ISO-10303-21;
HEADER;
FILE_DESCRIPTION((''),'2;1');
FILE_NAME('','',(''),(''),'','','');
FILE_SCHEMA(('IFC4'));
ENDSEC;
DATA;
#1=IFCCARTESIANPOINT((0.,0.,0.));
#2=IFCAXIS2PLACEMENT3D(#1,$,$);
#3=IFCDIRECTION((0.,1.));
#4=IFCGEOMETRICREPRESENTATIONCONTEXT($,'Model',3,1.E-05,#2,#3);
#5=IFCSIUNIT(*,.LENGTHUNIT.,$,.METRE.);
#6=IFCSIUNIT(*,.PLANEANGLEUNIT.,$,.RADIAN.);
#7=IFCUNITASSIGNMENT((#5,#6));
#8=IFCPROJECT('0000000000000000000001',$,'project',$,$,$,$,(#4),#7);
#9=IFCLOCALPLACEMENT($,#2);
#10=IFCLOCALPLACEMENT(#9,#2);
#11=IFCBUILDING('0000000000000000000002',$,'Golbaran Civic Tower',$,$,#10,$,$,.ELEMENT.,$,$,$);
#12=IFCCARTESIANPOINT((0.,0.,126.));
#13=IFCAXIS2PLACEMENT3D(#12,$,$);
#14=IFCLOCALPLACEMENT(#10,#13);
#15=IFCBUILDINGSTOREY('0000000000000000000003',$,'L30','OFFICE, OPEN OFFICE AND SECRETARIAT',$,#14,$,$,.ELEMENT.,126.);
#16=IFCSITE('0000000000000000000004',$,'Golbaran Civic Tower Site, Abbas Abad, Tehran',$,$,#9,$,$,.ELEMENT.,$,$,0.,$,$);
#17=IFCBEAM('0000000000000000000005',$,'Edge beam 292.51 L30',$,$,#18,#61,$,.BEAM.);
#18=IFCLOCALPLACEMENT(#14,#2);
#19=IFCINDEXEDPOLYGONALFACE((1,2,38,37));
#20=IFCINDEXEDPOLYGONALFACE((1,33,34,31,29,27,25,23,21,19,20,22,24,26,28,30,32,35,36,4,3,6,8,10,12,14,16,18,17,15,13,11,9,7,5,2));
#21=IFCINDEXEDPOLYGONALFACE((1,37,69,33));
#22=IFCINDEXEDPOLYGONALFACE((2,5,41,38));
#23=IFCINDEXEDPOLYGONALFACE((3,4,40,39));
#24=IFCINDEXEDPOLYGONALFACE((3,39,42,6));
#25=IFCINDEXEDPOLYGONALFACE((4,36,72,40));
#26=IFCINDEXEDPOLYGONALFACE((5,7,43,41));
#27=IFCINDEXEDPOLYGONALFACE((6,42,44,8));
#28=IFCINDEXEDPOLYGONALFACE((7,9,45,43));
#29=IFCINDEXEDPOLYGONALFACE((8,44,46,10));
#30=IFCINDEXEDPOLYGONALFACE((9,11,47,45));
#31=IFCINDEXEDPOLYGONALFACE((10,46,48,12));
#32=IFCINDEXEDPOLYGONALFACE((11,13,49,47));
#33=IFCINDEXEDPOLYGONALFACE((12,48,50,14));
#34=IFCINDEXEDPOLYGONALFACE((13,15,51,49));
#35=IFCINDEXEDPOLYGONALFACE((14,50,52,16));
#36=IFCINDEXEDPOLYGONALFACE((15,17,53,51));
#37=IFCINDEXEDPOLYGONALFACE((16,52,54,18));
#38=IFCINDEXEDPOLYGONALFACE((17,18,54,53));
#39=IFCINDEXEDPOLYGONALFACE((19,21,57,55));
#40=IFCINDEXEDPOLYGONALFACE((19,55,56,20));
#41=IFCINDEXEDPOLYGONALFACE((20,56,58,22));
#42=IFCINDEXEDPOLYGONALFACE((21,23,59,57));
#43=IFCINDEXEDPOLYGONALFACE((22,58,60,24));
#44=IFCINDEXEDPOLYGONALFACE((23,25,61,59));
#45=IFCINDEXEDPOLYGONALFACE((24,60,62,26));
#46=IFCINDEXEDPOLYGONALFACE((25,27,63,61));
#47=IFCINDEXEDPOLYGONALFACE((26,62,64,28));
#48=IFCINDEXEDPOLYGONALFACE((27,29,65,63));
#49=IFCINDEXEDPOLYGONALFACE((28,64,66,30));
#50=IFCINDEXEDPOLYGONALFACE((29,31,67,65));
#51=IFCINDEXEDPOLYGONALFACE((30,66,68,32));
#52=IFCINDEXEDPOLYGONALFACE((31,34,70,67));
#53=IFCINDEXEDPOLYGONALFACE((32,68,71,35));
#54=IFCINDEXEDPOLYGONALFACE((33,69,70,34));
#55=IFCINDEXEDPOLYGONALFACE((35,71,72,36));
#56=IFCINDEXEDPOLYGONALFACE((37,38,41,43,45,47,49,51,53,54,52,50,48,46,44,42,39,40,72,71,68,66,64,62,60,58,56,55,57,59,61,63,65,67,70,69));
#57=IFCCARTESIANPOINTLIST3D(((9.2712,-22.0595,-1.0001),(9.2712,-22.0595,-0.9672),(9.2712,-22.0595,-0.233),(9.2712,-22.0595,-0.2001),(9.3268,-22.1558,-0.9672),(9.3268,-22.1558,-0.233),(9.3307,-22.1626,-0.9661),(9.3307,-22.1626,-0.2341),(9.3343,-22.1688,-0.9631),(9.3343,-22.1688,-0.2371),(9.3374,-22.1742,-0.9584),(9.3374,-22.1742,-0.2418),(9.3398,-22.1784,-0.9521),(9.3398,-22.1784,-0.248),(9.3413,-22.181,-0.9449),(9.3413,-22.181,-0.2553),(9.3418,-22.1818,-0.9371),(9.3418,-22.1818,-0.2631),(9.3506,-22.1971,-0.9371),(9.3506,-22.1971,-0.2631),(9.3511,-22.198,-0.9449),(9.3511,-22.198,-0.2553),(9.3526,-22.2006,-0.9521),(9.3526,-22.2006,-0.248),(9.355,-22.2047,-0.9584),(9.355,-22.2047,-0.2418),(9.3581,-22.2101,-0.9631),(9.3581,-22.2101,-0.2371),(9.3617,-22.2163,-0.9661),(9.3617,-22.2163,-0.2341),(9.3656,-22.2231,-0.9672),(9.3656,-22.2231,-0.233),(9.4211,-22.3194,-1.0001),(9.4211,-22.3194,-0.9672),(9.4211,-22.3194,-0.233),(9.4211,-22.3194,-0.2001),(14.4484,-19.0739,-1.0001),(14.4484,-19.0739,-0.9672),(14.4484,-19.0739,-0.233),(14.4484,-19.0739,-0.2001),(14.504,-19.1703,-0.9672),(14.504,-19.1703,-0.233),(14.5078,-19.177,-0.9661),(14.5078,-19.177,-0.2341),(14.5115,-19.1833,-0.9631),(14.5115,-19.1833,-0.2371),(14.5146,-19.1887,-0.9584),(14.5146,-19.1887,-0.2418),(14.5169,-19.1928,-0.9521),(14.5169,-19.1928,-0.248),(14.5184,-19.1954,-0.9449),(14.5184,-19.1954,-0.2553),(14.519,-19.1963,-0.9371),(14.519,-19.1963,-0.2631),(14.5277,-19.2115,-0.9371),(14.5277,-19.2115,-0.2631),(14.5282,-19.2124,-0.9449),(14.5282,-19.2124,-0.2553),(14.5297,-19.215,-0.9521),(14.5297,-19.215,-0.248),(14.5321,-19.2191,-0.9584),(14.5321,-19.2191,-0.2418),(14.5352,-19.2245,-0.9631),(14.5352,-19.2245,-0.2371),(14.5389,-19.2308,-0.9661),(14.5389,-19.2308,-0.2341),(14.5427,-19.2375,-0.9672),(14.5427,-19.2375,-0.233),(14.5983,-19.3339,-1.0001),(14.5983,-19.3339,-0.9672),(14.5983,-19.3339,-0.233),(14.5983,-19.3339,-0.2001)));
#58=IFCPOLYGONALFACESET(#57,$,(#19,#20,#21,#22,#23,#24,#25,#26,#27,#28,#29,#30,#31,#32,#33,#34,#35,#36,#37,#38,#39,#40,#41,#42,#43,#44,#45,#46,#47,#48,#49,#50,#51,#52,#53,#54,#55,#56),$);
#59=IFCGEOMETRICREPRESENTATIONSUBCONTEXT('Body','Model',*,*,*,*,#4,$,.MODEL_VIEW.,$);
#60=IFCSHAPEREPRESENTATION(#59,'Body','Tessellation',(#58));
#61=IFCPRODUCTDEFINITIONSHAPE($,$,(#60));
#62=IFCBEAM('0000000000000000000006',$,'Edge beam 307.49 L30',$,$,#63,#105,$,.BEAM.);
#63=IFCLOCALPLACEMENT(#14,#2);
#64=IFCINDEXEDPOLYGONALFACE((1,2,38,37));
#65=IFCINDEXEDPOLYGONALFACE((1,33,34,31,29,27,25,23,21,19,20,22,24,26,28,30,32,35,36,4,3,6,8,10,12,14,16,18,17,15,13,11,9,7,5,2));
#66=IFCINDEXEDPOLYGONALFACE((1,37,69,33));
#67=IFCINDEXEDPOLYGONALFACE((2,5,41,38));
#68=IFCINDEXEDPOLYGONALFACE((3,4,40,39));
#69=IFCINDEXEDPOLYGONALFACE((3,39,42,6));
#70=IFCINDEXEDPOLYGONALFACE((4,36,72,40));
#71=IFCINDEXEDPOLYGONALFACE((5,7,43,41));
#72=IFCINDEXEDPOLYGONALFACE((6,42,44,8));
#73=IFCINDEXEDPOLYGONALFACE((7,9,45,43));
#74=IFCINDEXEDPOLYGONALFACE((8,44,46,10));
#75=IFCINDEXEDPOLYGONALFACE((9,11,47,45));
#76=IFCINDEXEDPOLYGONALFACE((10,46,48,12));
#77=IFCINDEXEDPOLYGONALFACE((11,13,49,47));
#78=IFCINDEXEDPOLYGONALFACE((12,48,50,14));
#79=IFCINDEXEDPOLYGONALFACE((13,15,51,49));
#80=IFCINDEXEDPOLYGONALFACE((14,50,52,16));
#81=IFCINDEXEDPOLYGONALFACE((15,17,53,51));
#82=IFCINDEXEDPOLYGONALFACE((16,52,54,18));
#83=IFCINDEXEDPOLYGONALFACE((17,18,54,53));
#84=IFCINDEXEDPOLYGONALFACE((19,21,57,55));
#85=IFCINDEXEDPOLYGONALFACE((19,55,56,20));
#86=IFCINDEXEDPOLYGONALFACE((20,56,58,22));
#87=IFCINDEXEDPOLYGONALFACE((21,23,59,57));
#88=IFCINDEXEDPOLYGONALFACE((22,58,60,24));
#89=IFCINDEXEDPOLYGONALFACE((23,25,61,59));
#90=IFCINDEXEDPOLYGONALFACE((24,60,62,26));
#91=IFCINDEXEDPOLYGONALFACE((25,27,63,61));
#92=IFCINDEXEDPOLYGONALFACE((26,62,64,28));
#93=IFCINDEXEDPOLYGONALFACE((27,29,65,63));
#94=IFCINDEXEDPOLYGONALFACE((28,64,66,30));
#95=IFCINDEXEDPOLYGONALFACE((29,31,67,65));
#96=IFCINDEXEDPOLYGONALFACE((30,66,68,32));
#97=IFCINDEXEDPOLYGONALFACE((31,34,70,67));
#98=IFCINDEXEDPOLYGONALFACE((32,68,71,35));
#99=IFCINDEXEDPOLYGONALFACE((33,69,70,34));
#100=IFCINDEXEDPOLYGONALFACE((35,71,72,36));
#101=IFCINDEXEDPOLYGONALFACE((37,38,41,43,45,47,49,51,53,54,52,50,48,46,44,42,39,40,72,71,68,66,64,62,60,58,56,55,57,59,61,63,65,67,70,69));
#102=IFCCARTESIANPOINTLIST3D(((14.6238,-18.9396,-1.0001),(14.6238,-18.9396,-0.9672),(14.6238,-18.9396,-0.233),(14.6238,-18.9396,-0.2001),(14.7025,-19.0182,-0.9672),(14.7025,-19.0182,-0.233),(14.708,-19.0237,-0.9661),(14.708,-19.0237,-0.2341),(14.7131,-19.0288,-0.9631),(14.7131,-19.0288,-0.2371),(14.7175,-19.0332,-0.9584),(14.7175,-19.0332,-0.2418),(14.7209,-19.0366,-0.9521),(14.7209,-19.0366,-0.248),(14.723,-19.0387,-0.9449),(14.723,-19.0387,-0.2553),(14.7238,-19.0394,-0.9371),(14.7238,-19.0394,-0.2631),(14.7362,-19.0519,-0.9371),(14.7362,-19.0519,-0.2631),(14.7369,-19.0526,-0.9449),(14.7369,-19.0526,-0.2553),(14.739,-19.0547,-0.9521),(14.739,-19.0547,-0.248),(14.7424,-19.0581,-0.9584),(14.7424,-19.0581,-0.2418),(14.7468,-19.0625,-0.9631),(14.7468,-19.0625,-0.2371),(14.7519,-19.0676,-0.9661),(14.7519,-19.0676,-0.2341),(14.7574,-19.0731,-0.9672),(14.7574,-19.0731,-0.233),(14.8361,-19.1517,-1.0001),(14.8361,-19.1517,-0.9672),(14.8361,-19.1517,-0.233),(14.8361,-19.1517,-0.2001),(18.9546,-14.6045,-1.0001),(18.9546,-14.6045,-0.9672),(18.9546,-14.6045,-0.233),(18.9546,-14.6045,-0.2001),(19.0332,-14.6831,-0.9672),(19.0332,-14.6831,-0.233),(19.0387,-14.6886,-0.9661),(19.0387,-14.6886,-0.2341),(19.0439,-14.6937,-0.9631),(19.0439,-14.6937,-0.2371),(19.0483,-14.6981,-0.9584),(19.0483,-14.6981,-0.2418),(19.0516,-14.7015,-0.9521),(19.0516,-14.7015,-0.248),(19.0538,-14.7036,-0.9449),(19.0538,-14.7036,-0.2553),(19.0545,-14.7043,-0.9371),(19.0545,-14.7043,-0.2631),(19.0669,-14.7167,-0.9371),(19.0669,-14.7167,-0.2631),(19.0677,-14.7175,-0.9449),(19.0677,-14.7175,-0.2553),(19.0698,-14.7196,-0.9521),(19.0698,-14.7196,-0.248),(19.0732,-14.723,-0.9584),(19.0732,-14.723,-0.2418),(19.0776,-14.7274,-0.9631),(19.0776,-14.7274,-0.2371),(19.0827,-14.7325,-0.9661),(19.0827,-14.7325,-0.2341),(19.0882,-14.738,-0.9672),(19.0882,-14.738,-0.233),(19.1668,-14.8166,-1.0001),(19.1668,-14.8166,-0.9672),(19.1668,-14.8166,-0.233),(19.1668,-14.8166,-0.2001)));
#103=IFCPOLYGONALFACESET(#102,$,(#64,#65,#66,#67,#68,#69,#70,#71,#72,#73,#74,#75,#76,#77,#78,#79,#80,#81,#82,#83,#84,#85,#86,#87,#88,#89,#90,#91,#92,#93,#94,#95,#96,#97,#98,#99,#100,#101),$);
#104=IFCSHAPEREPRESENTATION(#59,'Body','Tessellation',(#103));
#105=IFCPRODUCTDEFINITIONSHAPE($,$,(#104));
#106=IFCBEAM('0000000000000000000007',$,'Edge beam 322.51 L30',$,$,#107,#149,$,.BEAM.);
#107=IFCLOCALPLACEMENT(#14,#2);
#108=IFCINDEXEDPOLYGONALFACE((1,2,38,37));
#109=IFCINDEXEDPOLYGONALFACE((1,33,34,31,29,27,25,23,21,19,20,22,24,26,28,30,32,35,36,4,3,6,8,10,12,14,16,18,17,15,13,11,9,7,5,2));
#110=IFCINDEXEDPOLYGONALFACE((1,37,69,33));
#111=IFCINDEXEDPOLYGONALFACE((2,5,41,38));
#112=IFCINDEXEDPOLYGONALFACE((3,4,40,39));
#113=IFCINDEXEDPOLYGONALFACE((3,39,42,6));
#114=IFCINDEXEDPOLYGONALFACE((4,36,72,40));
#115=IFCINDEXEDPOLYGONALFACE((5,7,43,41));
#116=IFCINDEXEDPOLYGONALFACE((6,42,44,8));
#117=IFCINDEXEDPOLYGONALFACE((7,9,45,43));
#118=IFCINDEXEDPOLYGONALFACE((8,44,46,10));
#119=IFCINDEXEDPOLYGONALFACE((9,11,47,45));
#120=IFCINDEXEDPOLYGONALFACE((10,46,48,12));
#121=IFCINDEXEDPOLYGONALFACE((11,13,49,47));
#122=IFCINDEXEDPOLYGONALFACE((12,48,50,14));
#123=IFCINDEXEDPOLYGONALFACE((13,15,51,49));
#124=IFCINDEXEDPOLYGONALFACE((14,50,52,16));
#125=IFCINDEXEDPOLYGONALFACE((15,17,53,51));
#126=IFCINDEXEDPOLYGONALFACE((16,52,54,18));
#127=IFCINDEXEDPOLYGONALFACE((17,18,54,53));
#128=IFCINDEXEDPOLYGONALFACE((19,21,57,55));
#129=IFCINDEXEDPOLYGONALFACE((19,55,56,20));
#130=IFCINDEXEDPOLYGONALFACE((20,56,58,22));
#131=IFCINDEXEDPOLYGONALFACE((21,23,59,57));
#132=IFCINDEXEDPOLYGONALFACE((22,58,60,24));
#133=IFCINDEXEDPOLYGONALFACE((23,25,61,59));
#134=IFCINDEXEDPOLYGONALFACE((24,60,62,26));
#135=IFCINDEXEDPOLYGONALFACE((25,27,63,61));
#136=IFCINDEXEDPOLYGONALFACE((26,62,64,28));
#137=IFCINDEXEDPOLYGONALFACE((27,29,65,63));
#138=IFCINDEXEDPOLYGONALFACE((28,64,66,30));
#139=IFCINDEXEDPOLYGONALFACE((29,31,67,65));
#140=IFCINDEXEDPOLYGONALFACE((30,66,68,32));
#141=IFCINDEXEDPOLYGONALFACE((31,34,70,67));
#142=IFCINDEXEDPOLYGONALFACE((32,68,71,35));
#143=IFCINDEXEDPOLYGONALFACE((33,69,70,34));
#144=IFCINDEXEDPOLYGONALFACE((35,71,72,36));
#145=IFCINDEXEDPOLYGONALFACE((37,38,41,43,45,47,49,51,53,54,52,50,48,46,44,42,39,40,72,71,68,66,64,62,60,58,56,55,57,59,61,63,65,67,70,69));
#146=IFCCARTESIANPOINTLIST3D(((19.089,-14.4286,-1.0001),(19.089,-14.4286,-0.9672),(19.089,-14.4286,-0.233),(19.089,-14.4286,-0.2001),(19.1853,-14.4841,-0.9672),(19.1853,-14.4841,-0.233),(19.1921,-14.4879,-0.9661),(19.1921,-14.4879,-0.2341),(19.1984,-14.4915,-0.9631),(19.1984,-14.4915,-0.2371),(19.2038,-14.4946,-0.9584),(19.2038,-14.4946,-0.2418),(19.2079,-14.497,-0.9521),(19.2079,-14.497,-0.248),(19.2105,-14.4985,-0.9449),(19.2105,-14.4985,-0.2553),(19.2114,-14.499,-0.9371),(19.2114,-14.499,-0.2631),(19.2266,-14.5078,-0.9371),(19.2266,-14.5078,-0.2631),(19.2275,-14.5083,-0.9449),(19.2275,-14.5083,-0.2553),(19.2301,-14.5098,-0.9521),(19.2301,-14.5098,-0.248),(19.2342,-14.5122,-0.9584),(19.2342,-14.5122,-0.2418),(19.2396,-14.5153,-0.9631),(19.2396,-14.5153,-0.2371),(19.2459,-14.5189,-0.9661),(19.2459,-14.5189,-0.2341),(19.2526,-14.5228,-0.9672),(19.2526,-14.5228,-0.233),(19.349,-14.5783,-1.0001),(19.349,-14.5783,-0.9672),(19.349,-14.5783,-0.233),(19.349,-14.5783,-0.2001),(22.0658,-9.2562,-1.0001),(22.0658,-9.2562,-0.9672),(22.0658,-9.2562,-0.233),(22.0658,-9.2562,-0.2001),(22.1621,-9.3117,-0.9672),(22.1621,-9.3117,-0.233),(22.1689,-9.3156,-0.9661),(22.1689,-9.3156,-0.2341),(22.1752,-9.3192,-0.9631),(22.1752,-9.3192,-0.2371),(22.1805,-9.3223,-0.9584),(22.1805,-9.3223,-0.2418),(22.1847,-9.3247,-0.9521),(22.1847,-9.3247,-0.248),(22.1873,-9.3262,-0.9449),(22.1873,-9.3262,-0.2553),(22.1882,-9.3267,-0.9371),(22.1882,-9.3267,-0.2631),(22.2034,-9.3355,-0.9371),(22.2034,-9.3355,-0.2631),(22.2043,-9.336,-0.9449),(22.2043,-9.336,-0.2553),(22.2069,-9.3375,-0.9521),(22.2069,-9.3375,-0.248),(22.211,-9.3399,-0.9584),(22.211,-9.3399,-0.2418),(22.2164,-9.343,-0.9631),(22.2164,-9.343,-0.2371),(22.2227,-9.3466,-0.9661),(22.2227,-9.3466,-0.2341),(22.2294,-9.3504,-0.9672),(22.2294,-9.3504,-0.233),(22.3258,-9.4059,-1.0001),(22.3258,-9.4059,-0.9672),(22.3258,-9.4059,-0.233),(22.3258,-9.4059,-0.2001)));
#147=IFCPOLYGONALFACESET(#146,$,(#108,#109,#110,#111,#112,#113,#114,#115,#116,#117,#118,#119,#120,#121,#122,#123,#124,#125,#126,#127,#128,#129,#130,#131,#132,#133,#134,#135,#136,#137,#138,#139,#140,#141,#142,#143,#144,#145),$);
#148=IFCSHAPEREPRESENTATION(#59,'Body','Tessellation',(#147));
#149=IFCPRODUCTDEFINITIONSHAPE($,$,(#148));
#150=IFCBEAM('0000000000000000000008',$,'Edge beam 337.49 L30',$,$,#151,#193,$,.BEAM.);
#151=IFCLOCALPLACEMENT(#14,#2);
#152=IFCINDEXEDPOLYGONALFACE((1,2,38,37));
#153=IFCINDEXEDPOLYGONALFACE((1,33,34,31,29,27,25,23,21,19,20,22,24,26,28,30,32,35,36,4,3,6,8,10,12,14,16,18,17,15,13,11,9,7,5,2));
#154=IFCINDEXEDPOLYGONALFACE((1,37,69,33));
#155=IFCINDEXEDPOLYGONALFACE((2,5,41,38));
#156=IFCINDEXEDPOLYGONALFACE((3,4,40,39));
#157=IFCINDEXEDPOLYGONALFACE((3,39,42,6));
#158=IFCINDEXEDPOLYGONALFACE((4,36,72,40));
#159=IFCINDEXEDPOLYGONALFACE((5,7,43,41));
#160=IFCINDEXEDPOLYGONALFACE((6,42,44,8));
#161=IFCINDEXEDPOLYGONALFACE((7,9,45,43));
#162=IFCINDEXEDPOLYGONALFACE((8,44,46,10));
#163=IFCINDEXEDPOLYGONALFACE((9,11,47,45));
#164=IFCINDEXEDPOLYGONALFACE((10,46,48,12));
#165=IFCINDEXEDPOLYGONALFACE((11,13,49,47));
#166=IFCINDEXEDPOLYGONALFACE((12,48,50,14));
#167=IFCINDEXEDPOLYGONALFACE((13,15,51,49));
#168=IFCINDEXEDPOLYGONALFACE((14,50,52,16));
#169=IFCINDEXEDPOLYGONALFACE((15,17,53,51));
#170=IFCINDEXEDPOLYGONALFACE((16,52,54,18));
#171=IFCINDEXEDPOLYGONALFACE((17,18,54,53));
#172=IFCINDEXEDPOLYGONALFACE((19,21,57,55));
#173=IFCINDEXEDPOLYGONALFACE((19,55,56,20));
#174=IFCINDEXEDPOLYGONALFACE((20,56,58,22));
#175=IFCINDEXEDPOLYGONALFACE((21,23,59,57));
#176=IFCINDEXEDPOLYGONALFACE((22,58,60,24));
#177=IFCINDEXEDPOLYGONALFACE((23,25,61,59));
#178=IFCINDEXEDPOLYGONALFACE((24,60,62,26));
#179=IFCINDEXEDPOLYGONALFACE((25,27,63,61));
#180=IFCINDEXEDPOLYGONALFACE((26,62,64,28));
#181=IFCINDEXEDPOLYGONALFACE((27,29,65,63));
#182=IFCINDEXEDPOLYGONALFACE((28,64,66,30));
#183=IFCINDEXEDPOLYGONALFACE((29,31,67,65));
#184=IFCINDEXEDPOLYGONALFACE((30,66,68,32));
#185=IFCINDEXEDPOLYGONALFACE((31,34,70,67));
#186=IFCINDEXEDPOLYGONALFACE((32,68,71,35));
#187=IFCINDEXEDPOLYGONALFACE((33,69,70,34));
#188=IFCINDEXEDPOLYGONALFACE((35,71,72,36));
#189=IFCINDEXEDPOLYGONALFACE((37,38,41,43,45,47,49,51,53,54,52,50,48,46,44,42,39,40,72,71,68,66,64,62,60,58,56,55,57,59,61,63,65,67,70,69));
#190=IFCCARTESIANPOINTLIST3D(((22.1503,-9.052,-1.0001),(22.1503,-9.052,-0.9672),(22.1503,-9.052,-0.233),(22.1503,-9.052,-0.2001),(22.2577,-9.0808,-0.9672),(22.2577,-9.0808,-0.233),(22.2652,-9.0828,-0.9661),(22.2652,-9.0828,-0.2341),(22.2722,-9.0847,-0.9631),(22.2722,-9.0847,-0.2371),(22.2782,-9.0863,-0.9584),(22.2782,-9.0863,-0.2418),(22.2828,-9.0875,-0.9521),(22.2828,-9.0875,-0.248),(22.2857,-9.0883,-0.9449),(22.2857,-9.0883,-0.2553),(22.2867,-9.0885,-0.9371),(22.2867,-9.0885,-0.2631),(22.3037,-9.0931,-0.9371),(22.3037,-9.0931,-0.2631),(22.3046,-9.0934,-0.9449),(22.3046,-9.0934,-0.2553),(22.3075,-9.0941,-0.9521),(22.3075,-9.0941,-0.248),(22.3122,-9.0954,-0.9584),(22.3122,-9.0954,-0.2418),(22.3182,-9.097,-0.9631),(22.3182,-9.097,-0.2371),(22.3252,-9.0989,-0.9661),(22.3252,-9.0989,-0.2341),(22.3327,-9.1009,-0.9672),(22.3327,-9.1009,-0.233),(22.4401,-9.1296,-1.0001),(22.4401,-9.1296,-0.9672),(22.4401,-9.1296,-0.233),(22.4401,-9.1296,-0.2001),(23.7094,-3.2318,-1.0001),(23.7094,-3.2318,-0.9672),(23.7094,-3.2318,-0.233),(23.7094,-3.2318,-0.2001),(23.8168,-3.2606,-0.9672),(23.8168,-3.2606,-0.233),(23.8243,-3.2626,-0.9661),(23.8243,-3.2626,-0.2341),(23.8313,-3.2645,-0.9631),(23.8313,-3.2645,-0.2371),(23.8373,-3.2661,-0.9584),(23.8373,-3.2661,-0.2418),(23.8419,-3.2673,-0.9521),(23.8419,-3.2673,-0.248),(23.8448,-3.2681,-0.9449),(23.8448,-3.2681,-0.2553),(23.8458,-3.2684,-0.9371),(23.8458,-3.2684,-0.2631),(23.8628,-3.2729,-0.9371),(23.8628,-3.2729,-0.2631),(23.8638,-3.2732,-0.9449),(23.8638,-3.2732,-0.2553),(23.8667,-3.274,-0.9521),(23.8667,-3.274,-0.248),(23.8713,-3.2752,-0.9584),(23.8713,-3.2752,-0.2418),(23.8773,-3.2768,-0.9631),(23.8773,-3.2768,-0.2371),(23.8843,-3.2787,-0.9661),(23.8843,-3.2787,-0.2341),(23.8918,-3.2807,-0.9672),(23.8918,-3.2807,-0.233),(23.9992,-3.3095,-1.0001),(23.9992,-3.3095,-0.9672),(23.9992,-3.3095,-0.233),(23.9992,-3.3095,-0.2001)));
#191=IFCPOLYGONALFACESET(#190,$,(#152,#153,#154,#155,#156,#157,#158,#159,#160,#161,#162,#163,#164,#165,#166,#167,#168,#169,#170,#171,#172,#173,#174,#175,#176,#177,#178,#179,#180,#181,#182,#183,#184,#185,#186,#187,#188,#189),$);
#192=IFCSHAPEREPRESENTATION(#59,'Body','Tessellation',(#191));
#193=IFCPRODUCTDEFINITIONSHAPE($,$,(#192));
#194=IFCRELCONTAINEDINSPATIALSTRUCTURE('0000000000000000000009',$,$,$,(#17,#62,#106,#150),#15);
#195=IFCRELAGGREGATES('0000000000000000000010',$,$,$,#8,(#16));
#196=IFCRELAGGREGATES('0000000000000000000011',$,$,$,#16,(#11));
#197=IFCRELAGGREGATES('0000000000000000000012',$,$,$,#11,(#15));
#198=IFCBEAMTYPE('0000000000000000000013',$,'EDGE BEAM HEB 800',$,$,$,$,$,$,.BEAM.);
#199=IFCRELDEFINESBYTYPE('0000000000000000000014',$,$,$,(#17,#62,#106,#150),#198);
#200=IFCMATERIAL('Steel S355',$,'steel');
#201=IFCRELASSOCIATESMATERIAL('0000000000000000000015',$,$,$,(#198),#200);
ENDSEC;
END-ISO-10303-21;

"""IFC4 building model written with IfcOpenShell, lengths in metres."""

from ifc_helpers import new_model, si_unit, direction, frame, origin, origin_2d, place, context, subcontext, project, spatial, i_section, extrude, material, material_profile, profile_set, type_object, element, save


model = new_model("IFC4")

# Units and contexts
model_context = context("Model", 3, precision=1e-05, world=origin(), true_north=direction((0.0, 1.0)))
body_context = subcontext(model_context, "Body", "Model", "MODEL_VIEW")
ifc_project = project(units=[si_unit("LENGTHUNIT", "METRE"), si_unit("PLANEANGLEUNIT", "RADIAN")], contexts=[model_context])

# Site, building, storey
site_placement = place(None, origin())
site = spatial("IfcSite", under=ifc_project, at=site_placement, Name="Golbaran Civic Tower Site, Abbas Abad, Tehran", CompositionType="ELEMENT", RefElevation=0.0)
building_placement = place(site_placement, origin())
building = spatial("IfcBuilding", under=site, at=building_placement, Name="Golbaran Civic Tower", CompositionType="ELEMENT")
storey_placement = place(building_placement, frame((0.0, 0.0, 126.0)))
storey = spatial("IfcBuildingStorey", under=building, at=storey_placement, Name="L30", Description="OFFICE, OPEN OFFICE AND SECRETARIAT", CompositionType="ELEMENT", Elevation=126.0)

# Beams
ifc_material_1 = material(Name="Steel S355", Category="steel")
ifc_material_profile_1 = material_profile(ifc_material_1, i_section(OverallWidth=0.3, OverallDepth=0.8, WebThickness=0.0176, FlangeThickness=0.033, FilletRadius=0.03, at=origin_2d()), Name="HEB 800")
ifc_profile_set_1 = profile_set([ifc_material_profile_1], Name="Steel S355")
beam_type_1 = type_object("IfcBeamType", Name="EDGE BEAM HEB 800", PredefinedType="BEAM", material=ifc_profile_set_1)
beam_1_placement = place(storey_placement, frame((9.3462, -22.1895, -0.6001), z_axis=(0.866278, 0.499562, 0.0), x_axis=(-0.499562, 0.866278, 0.0)))
element("IfcBeam", 1, at=beam_1_placement, inside=storey, type_object=beam_type_1, Name="Edge beam 292.51 L30", PredefinedType="BEAM", context=body_context, shape_type="SweptSolid", body=[
    extrude(i_section(OverallWidth=0.3, OverallDepth=0.8, WebThickness=0.0176, FlangeThickness=0.033, FilletRadius=0.03, at=origin_2d()), origin(), (0.0, 0.0, 1.0), 5.9763),
])
beam_2_placement = place(storey_placement, frame((14.73, -19.0457, -0.6001), z_axis=(0.706748, 0.707465, 0.0), x_axis=(-0.707465, 0.706748, 0.0)))
element("IfcBeam", 2, at=beam_2_placement, inside=storey, type_object=beam_type_1, Name="Edge beam 307.49 L30", PredefinedType="BEAM", context=body_context, shape_type="SweptSolid", body=[
    extrude(i_section(OverallWidth=0.3, OverallDepth=0.8, WebThickness=0.0176, FlangeThickness=0.033, FilletRadius=0.03, at=origin_2d()), origin(), (0.0, 0.0, 1.0), 6.1277),
])
beam_3_placement = place(storey_placement, frame((19.219, -14.5034, -0.6001), z_axis=(0.498811, 0.866711, 0.0), x_axis=(-0.866711, 0.498811, 0.0)))
element("IfcBeam", 3, at=beam_3_placement, inside=storey, type_object=beam_type_1, Name="Edge beam 322.51 L30", PredefinedType="BEAM", context=body_context, shape_type="SweptSolid", body=[
    extrude(i_section(OverallWidth=0.3, OverallDepth=0.8, WebThickness=0.0176, FlangeThickness=0.033, FilletRadius=0.03, at=origin_2d()), origin(), (0.0, 0.0, 1.0), 5.9678),
])
beam_4_placement = place(storey_placement, frame((22.2952, -9.0908, -0.6001), z_axis=(0.258757, 0.965942, 0.0), x_axis=(-0.965942, 0.258757, 0.0)))
element("IfcBeam", 4, at=beam_4_placement, inside=storey, type_object=beam_type_1, Name="Edge beam 337.49 L30", PredefinedType="BEAM", context=body_context, shape_type="SweptSolid", body=[
    extrude(i_section(OverallWidth=0.3, OverallDepth=0.8, WebThickness=0.0176, FlangeThickness=0.033, FilletRadius=0.03, at=origin_2d()), origin(), (0.0, 0.0, 1.0), 6.0254),
])

save(model, "model.ifc")
